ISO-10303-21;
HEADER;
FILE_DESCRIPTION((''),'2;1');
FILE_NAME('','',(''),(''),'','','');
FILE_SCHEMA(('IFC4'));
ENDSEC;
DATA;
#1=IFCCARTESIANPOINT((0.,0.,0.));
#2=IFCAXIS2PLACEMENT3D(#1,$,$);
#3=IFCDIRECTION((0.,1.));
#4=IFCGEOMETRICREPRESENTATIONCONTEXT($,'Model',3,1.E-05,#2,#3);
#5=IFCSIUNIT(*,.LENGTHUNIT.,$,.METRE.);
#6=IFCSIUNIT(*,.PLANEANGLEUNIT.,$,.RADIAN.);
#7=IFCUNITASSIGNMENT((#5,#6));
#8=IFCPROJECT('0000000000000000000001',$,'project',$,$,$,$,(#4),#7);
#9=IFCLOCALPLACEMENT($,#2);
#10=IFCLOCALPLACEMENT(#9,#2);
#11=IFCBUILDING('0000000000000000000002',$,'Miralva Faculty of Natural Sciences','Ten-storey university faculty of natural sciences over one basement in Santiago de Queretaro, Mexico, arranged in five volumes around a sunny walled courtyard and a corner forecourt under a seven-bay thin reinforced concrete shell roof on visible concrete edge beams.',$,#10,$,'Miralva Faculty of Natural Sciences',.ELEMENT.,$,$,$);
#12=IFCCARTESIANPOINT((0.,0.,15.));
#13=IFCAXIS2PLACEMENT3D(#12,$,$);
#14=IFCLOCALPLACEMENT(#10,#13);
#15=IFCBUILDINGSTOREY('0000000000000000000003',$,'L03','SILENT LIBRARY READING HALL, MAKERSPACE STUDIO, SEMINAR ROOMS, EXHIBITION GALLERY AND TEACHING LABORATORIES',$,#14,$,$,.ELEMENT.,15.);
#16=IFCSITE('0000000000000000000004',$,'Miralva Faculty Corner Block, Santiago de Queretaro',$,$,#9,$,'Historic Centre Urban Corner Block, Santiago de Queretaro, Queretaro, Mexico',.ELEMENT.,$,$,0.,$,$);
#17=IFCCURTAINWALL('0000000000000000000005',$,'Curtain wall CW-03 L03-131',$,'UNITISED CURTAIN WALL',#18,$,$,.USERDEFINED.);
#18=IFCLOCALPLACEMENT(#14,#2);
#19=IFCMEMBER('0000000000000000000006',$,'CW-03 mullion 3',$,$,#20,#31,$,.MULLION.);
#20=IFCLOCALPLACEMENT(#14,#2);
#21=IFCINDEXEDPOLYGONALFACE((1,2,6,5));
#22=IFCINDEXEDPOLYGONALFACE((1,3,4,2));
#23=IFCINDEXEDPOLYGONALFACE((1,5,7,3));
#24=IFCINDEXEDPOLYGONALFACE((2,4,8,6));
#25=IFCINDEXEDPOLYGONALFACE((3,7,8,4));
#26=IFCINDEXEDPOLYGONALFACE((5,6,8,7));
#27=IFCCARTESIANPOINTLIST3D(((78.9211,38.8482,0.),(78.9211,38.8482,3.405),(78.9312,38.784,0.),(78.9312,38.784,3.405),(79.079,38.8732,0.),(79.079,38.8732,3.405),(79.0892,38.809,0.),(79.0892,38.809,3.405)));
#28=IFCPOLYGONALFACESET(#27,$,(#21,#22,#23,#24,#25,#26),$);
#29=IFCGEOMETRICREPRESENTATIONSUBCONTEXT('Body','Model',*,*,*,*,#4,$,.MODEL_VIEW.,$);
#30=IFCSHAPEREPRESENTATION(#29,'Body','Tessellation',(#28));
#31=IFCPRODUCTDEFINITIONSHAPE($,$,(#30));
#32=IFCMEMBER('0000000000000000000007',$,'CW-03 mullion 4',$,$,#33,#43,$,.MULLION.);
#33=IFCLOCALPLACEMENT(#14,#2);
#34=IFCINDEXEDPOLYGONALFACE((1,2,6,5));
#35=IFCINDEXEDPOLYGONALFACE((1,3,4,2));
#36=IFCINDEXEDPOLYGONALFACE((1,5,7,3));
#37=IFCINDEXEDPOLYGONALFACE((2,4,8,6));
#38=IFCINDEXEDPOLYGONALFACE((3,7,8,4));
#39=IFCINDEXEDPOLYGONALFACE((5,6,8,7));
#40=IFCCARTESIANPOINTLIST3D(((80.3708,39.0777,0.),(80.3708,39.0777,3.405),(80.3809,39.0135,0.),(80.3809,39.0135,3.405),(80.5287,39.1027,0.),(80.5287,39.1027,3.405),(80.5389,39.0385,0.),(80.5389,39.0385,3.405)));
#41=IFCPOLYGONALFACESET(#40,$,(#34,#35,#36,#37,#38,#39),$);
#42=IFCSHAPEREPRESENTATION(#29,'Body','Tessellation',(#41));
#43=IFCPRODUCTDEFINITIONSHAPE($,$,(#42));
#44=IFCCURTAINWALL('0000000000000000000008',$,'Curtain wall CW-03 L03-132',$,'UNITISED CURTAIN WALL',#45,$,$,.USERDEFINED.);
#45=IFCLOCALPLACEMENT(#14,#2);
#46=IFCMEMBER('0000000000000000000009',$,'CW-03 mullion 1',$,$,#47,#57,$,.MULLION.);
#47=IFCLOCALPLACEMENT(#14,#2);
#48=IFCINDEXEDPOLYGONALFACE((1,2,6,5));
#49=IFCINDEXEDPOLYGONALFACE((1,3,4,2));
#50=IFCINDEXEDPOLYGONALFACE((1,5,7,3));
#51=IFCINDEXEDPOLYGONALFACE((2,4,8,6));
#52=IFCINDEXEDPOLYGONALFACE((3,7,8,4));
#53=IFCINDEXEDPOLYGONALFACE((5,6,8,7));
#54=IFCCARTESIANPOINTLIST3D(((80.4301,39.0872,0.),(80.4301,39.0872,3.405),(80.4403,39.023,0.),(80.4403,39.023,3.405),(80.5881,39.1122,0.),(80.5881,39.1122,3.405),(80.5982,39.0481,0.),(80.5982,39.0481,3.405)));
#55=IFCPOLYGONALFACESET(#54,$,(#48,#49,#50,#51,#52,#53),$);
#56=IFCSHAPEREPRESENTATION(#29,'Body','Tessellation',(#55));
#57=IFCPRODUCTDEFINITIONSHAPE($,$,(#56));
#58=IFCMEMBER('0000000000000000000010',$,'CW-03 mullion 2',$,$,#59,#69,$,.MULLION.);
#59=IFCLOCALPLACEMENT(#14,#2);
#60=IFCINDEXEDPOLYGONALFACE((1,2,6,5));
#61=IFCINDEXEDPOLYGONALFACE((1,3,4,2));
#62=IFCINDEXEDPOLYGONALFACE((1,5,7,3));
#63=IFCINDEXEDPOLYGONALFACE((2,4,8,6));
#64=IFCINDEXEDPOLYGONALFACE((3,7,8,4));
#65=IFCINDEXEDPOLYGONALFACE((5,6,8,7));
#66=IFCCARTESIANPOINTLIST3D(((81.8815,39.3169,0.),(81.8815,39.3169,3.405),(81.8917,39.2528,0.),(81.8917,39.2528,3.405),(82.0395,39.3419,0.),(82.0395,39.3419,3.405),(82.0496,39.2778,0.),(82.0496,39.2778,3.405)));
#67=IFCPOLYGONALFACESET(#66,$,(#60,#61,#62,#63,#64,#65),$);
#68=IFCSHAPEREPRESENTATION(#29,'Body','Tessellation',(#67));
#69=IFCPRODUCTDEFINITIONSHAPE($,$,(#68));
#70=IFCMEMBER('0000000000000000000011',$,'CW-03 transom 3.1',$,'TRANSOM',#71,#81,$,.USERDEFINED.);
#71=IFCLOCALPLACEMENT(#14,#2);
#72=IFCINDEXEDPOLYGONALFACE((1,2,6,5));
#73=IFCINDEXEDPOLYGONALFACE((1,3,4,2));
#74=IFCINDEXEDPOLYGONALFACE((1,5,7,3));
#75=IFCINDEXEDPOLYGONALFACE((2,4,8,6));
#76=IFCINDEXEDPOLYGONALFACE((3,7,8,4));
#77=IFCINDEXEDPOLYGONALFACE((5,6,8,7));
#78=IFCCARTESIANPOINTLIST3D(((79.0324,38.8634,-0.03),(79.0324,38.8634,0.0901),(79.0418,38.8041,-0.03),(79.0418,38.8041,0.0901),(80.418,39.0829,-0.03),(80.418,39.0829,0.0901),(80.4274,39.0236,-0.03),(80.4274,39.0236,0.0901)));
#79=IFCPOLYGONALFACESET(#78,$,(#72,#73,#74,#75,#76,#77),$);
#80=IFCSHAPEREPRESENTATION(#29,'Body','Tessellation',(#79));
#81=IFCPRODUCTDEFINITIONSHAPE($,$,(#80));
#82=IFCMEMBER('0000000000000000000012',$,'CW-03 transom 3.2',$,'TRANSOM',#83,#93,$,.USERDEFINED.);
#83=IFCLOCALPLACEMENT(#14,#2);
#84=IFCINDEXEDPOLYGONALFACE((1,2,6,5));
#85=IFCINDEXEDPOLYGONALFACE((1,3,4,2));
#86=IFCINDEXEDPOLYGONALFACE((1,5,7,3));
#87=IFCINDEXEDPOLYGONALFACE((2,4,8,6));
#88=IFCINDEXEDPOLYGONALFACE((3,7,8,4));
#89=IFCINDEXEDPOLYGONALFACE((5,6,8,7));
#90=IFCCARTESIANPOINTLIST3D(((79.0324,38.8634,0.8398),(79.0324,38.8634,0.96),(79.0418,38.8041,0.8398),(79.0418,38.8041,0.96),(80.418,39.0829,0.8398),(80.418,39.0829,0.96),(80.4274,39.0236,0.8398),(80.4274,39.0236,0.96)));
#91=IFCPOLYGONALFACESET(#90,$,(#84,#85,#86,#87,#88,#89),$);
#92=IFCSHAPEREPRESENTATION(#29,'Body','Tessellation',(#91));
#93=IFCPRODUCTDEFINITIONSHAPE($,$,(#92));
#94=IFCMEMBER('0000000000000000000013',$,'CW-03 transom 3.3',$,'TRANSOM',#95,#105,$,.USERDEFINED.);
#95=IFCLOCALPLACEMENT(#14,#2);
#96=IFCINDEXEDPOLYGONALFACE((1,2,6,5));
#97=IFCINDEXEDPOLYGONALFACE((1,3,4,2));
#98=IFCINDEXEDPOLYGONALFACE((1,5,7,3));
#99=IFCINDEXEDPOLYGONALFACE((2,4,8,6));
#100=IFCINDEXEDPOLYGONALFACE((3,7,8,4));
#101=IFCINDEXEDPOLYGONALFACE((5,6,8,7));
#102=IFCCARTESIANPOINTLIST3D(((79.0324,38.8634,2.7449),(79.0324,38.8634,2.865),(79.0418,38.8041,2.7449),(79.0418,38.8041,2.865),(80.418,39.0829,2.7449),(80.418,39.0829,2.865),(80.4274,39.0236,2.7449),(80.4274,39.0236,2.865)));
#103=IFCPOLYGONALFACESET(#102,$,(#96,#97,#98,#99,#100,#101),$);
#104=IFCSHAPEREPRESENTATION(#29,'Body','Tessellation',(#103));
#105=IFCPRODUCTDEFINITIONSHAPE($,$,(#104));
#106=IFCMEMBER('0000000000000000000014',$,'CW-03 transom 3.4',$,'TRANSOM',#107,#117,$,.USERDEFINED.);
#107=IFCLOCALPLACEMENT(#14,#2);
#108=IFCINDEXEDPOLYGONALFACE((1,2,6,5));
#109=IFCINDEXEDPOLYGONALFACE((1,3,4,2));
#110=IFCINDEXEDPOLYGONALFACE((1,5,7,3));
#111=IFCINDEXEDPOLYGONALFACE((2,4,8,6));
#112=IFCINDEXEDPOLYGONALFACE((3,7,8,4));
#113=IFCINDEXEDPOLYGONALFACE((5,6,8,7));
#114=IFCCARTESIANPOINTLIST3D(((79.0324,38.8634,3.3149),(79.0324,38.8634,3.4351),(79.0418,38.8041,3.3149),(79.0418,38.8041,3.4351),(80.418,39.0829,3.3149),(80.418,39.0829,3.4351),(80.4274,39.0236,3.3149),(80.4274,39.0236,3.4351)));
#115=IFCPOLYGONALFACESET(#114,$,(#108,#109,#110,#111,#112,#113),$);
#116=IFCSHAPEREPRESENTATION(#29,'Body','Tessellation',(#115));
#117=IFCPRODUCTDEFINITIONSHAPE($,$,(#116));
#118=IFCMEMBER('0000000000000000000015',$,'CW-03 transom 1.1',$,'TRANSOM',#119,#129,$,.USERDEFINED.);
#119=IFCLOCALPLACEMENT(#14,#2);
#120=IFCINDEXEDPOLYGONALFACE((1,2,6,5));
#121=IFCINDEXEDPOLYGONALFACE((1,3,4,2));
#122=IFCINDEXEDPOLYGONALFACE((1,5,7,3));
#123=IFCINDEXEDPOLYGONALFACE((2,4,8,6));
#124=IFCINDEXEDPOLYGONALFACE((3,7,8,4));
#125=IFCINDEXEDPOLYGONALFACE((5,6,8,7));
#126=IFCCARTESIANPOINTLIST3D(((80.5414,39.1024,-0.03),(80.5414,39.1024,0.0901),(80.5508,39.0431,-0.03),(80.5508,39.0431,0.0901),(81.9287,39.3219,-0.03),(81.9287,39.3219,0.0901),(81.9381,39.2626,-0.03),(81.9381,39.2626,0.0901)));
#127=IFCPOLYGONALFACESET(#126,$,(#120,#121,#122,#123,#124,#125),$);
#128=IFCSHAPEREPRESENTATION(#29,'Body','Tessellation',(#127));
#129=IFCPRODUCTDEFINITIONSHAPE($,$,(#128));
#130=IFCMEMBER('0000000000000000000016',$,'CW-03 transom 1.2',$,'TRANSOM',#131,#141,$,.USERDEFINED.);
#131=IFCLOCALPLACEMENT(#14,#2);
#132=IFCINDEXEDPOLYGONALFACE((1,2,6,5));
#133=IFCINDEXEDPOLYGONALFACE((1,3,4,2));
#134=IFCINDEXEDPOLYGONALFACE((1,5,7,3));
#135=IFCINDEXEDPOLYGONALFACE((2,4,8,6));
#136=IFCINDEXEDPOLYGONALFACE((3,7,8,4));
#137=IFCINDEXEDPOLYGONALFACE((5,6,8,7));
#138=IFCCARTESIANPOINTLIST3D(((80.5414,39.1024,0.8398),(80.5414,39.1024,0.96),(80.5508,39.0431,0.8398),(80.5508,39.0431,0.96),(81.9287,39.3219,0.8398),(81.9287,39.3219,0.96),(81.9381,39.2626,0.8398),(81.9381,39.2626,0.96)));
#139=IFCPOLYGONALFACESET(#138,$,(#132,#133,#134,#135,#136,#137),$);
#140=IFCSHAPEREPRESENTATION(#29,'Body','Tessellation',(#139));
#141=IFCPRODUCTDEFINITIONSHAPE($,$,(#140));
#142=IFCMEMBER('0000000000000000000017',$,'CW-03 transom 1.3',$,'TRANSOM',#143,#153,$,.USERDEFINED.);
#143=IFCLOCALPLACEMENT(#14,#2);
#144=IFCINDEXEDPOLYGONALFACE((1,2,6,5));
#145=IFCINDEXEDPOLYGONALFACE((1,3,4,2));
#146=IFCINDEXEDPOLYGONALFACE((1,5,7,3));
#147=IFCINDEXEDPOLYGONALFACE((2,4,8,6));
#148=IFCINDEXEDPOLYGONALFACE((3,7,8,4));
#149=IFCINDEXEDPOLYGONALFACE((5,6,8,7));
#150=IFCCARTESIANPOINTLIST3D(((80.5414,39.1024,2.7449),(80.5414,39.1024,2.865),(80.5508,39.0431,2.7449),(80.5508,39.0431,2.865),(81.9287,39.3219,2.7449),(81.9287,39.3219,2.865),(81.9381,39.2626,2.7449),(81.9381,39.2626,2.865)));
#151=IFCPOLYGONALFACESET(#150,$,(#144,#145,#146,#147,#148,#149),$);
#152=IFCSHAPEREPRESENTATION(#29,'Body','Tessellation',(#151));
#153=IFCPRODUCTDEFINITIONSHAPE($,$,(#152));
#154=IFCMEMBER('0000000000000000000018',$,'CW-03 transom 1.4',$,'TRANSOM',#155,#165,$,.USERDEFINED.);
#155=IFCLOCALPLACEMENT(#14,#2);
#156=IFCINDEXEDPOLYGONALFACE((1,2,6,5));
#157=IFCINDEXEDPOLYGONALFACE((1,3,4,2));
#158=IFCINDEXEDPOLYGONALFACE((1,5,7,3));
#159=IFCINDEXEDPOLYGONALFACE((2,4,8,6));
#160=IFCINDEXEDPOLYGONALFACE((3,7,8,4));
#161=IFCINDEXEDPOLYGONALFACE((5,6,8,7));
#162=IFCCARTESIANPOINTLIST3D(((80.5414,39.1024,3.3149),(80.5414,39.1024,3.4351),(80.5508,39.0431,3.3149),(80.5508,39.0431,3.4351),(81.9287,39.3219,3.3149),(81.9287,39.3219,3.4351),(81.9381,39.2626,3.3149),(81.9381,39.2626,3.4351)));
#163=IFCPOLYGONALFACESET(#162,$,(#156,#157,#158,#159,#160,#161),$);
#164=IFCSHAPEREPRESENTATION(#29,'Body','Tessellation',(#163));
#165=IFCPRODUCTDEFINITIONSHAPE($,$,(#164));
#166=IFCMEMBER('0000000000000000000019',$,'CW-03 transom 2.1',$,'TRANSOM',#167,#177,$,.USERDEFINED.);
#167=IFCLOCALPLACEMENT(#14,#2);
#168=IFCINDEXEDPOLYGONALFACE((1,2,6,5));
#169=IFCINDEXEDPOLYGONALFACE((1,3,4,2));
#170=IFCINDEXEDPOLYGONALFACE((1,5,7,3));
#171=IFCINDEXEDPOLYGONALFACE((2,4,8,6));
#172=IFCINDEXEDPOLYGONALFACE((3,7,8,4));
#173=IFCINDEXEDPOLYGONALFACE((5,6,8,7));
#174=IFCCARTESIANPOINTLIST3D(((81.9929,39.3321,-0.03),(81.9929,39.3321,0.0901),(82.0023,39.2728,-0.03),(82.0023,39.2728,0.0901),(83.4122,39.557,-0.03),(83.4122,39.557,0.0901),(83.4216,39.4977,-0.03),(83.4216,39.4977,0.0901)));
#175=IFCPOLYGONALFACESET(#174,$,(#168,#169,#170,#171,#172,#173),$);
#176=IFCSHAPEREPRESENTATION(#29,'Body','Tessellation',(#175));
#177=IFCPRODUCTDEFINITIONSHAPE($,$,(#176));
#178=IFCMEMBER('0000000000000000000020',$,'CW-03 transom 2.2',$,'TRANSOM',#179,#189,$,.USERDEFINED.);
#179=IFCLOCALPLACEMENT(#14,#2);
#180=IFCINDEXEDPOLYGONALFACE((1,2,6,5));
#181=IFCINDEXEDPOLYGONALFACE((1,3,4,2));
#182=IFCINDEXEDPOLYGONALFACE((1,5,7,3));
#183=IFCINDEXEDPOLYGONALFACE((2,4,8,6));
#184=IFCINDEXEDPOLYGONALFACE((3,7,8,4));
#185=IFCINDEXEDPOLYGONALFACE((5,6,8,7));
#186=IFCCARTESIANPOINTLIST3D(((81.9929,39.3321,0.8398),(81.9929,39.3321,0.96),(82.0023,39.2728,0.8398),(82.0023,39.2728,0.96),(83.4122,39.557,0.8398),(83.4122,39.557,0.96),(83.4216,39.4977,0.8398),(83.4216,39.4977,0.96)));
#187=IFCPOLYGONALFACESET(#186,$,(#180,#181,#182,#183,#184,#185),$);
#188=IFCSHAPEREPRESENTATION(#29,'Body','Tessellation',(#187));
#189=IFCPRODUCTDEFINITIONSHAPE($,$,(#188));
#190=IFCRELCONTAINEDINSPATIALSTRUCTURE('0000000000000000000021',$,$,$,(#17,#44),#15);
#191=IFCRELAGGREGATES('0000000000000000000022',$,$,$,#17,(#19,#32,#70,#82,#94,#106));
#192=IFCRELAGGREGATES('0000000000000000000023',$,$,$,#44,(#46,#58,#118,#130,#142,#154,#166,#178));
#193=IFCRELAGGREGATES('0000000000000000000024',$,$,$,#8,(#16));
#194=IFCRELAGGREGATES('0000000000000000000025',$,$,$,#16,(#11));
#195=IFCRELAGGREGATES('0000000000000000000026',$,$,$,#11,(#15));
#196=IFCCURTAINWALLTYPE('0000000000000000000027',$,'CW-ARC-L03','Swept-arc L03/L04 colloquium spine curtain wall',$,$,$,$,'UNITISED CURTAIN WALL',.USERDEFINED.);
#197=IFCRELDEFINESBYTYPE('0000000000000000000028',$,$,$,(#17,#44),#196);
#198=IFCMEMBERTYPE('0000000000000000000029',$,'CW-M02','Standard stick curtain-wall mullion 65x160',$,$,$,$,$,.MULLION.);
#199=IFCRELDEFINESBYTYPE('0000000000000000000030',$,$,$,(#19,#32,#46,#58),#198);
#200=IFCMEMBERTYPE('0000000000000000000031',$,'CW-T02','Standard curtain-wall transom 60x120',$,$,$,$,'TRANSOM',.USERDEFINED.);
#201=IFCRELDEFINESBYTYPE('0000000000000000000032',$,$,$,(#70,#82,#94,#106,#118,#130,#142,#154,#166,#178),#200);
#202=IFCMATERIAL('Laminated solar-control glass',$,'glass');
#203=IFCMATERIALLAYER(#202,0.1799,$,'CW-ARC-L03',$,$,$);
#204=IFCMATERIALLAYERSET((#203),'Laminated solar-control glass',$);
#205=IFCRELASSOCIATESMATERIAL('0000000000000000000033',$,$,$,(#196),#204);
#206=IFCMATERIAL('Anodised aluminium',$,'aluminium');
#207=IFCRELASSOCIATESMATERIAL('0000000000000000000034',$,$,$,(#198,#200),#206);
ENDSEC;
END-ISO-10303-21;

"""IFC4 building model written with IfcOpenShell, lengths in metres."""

from ifc_helpers import new_model, si_unit, direction, frame, origin, origin_2d, place, context, subcontext, project, spatial, rectangle, extrude, material, layer, layer_set, material_profile, profile_set, type_object, element, aggregate, save


model = new_model("IFC4")

# Units and contexts
model_context = context("Model", 3, precision=1e-05, world=origin(), true_north=direction((0.0, 1.0)))
body_context = subcontext(model_context, "Body", "Model", "MODEL_VIEW")
ifc_project = project(units=[si_unit("LENGTHUNIT", "METRE"), si_unit("PLANEANGLEUNIT", "RADIAN")], contexts=[model_context])

# Site, building, storey
site_placement = place(None, origin())
site = spatial("IfcSite", under=ifc_project, at=site_placement, Name="Miralva Faculty Corner Block, Santiago de Queretaro", LongName="Historic Centre Urban Corner Block, Santiago de Queretaro, Queretaro, Mexico", CompositionType="ELEMENT", RefElevation=0.0)
building_placement = place(site_placement, origin())
building = spatial("IfcBuilding", under=site, at=building_placement, Name="Miralva Faculty of Natural Sciences", Description="Ten-storey university faculty of natural sciences over one basement in Santiago de Queretaro, Mexico, arranged in five volumes around a sunny walled courtyard and a corner forecourt under a seven-bay thin reinforced concrete shell roof on visible concrete edge beams.", LongName="Miralva Faculty of Natural Sciences", CompositionType="ELEMENT")
storey_placement = place(building_placement, frame((0.0, 0.0, 15.0)))
storey = spatial("IfcBuildingStorey", under=building, at=storey_placement, Name="L03", Description="SILENT LIBRARY READING HALL, MAKERSPACE STUDIO, SEMINAR ROOMS, EXHIBITION GALLERY AND TEACHING LABORATORIES", CompositionType="ELEMENT", Elevation=15.0)

# Curtain walls, members
ifc_material_1 = material(Name="Laminated solar-control glass", Category="glass")
ifc_layer_1 = layer(ifc_material_1, 0.1799, Name="CW-ARC-L03")
ifc_layer_set_1 = layer_set([ifc_layer_1], Name="Laminated solar-control glass")
curtain_wall_type = type_object("IfcCurtainWallType", Name="CW-ARC-L03", Description="Swept-arc L03/L04 colloquium spine curtain wall", ElementType="UNITISED CURTAIN WALL", PredefinedType="USERDEFINED", material=ifc_layer_set_1)
curtain_wall_1_placement = place(storey_placement, origin())
curtain_wall_1 = element("IfcCurtainWall", 1, at=curtain_wall_1_placement, inside=storey, type_object=curtain_wall_type, Name="Curtain wall CW-03 L03-131", ObjectType="UNITISED CURTAIN WALL", PredefinedType="USERDEFINED")
ifc_material_2 = material(Name="Anodised aluminium", Category="aluminium")
ifc_material_profile_1 = material_profile(ifc_material_2, rectangle(XDim=0.0649, YDim=0.1599, at=origin_2d()), Name="MULLION 65x160")
ifc_profile_set_1 = profile_set([ifc_material_profile_1], Name="Anodised aluminium")
member_type_1 = type_object("IfcMemberType", Name="CW-M02", Description="Standard stick curtain-wall mullion 65x160", PredefinedType="MULLION", material=ifc_profile_set_1)
member_1_placement = place(storey_placement, frame((79.0051, 38.8286, 0.0), z_axis=(0.0, 0.0, 1.0), x_axis=(-0.156431, 0.987689, 0.0)))
member_1 = element("IfcMember", 2, at=member_1_placement, type_object=member_type_1, Name="CW-03 mullion 3", PredefinedType="MULLION", context=body_context, shape_type="SweptSolid", body=[
    extrude(rectangle(XDim=0.0649, YDim=0.1599, at=origin_2d()), origin(), (0.0, 0.0, 1.0), 3.405),
])
member_2_placement = place(storey_placement, frame((80.4548, 39.0581, 0.0), z_axis=(0.0, 0.0, 1.0), x_axis=(-0.156431, 0.987689, 0.0)))
member_2 = element("IfcMember", 3, at=member_2_placement, type_object=member_type_1, Name="CW-03 mullion 4", PredefinedType="MULLION", context=body_context, shape_type="SweptSolid", body=[
    extrude(rectangle(XDim=0.0649, YDim=0.1599, at=origin_2d()), origin(), (0.0, 0.0, 1.0), 3.405),
])
curtain_wall_2_placement = place(storey_placement, origin())
curtain_wall_2 = element("IfcCurtainWall", 4, at=curtain_wall_2_placement, inside=storey, type_object=curtain_wall_type, Name="Curtain wall CW-03 L03-132", ObjectType="UNITISED CURTAIN WALL", PredefinedType="USERDEFINED")
member_3_placement = place(storey_placement, frame((80.5142, 39.0676, 0.0), z_axis=(0.0, 0.0, 1.0), x_axis=(-0.156415, 0.987691, 0.0)))
member_3 = element("IfcMember", 5, at=member_3_placement, type_object=member_type_1, Name="CW-03 mullion 1", PredefinedType="MULLION", context=body_context, shape_type="SweptSolid", body=[
    extrude(rectangle(XDim=0.0649, YDim=0.1599, at=origin_2d()), origin(), (0.0, 0.0, 1.0), 3.405),
])
member_4_placement = place(storey_placement, frame((81.9656, 39.2974, 0.0), z_axis=(0.0, 0.0, 1.0), x_axis=(-0.156415, 0.987691, 0.0)))
member_4 = element("IfcMember", 6, at=member_4_placement, type_object=member_type_1, Name="CW-03 mullion 2", PredefinedType="MULLION", context=body_context, shape_type="SweptSolid", body=[
    extrude(rectangle(XDim=0.0649, YDim=0.1599, at=origin_2d()), origin(), (0.0, 0.0, 1.0), 3.405),
])

# Members
ifc_material_profile_2 = material_profile(ifc_material_2, rectangle(XDim=0.0601, YDim=0.1201, at=origin_2d()), Name="TRANSOM 60x120")
ifc_profile_set_2 = profile_set([ifc_material_profile_2], Name="Anodised aluminium")
member_type_2 = type_object("IfcMemberType", Name="CW-T02", Description="Standard curtain-wall transom 60x120", ElementType="TRANSOM", PredefinedType="USERDEFINED", material=ifc_profile_set_2)
member_5_placement = place(storey_placement, frame((79.0371, 38.8337, 0.03), z_axis=(0.987684, 0.156463, 0.0), x_axis=(-0.156463, 0.987684, 0.0)))
member_5 = element("IfcMember", 7, at=member_5_placement, type_object=member_type_2, Name="CW-03 transom 3.1", ObjectType="TRANSOM", PredefinedType="USERDEFINED", context=body_context, shape_type="SweptSolid", body=[
    extrude(rectangle(XDim=0.0601, YDim=0.1201, at=origin_2d()), origin(), (0.0, 0.0, 1.0), 1.4028),
])
member_6_placement = place(storey_placement, frame((79.0371, 38.8337, 0.8999), z_axis=(0.987684, 0.156463, 0.0), x_axis=(-0.156463, 0.987684, 0.0)))
member_6 = element("IfcMember", 8, at=member_6_placement, type_object=member_type_2, Name="CW-03 transom 3.2", ObjectType="TRANSOM", PredefinedType="USERDEFINED", context=body_context, shape_type="SweptSolid", body=[
    extrude(rectangle(XDim=0.0601, YDim=0.1201, at=origin_2d()), origin(), (0.0, 0.0, 1.0), 1.4028),
])
member_7_placement = place(storey_placement, frame((79.0371, 38.8337, 2.8049), z_axis=(0.987684, 0.156463, 0.0), x_axis=(-0.156463, 0.987684, 0.0)))
member_7 = element("IfcMember", 9, at=member_7_placement, type_object=member_type_2, Name="CW-03 transom 3.3", ObjectType="TRANSOM", PredefinedType="USERDEFINED", context=body_context, shape_type="SweptSolid", body=[
    extrude(rectangle(XDim=0.0601, YDim=0.1201, at=origin_2d()), origin(), (0.0, 0.0, 1.0), 1.4028),
])
member_8_placement = place(storey_placement, frame((79.0371, 38.8337, 3.375), z_axis=(0.987684, 0.156463, 0.0), x_axis=(-0.156463, 0.987684, 0.0)))
member_8 = element("IfcMember", 10, at=member_8_placement, type_object=member_type_2, Name="CW-03 transom 3.4", ObjectType="TRANSOM", PredefinedType="USERDEFINED", context=body_context, shape_type="SweptSolid", body=[
    extrude(rectangle(XDim=0.0601, YDim=0.1201, at=origin_2d()), origin(), (0.0, 0.0, 1.0), 1.4028),
])
member_9_placement = place(storey_placement, frame((80.5461, 39.0728, 0.03), z_axis=(0.987714, 0.156275, 0.0), x_axis=(-0.156275, 0.987714, 0.0)))
member_9 = element("IfcMember", 11, at=member_9_placement, type_object=member_type_2, Name="CW-03 transom 1.1", ObjectType="TRANSOM", PredefinedType="USERDEFINED", context=body_context, shape_type="SweptSolid", body=[
    extrude(rectangle(XDim=0.0601, YDim=0.1201, at=origin_2d()), origin(), (0.0, 0.0, 1.0), 1.4045),
])
member_10_placement = place(storey_placement, frame((80.5461, 39.0728, 0.8999), z_axis=(0.987714, 0.156275, 0.0), x_axis=(-0.156275, 0.987714, 0.0)))
member_10 = element("IfcMember", 12, at=member_10_placement, type_object=member_type_2, Name="CW-03 transom 1.2", ObjectType="TRANSOM", PredefinedType="USERDEFINED", context=body_context, shape_type="SweptSolid", body=[
    extrude(rectangle(XDim=0.0601, YDim=0.1201, at=origin_2d()), origin(), (0.0, 0.0, 1.0), 1.4045),
])
member_11_placement = place(storey_placement, frame((80.5461, 39.0728, 2.8049), z_axis=(0.987714, 0.156275, 0.0), x_axis=(-0.156275, 0.987714, 0.0)))
member_11 = element("IfcMember", 13, at=member_11_placement, type_object=member_type_2, Name="CW-03 transom 1.3", ObjectType="TRANSOM", PredefinedType="USERDEFINED", context=body_context, shape_type="SweptSolid", body=[
    extrude(rectangle(XDim=0.0601, YDim=0.1201, at=origin_2d()), origin(), (0.0, 0.0, 1.0), 1.4045),
])
member_12_placement = place(storey_placement, frame((80.5461, 39.0728, 3.375), z_axis=(0.987714, 0.156275, 0.0), x_axis=(-0.156275, 0.987714, 0.0)))
member_12 = element("IfcMember", 14, at=member_12_placement, type_object=member_type_2, Name="CW-03 transom 1.4", ObjectType="TRANSOM", PredefinedType="USERDEFINED", context=body_context, shape_type="SweptSolid", body=[
    extrude(rectangle(XDim=0.0601, YDim=0.1201, at=origin_2d()), origin(), (0.0, 0.0, 1.0), 1.4045),
])
member_13_placement = place(storey_placement, frame((81.9976, 39.3025, 0.03), z_axis=(0.987684, 0.15646, 0.0), x_axis=(-0.15646, 0.987684, 0.0)))
member_13 = element("IfcMember", 15, at=member_13_placement, type_object=member_type_2, Name="CW-03 transom 2.1", ObjectType="TRANSOM", PredefinedType="USERDEFINED", context=body_context, shape_type="SweptSolid", body=[
    extrude(rectangle(XDim=0.0601, YDim=0.1201, at=origin_2d()), origin(), (0.0, 0.0, 1.0), 1.437),
])
member_14_placement = place(storey_placement, frame((81.9976, 39.3025, 0.8999), z_axis=(0.987684, 0.15646, 0.0), x_axis=(-0.15646, 0.987684, 0.0)))
member_14 = element("IfcMember", 16, at=member_14_placement, type_object=member_type_2, Name="CW-03 transom 2.2", ObjectType="TRANSOM", PredefinedType="USERDEFINED", context=body_context, shape_type="SweptSolid", body=[
    extrude(rectangle(XDim=0.0601, YDim=0.1201, at=origin_2d()), origin(), (0.0, 0.0, 1.0), 1.437),
])

aggregate(curtain_wall_1, [member_1, member_2, member_5, member_6, member_7, member_8])
aggregate(curtain_wall_2, [member_3, member_4, member_9, member_10, member_11, member_12, member_13, member_14])

save(model, "model.ifc")
